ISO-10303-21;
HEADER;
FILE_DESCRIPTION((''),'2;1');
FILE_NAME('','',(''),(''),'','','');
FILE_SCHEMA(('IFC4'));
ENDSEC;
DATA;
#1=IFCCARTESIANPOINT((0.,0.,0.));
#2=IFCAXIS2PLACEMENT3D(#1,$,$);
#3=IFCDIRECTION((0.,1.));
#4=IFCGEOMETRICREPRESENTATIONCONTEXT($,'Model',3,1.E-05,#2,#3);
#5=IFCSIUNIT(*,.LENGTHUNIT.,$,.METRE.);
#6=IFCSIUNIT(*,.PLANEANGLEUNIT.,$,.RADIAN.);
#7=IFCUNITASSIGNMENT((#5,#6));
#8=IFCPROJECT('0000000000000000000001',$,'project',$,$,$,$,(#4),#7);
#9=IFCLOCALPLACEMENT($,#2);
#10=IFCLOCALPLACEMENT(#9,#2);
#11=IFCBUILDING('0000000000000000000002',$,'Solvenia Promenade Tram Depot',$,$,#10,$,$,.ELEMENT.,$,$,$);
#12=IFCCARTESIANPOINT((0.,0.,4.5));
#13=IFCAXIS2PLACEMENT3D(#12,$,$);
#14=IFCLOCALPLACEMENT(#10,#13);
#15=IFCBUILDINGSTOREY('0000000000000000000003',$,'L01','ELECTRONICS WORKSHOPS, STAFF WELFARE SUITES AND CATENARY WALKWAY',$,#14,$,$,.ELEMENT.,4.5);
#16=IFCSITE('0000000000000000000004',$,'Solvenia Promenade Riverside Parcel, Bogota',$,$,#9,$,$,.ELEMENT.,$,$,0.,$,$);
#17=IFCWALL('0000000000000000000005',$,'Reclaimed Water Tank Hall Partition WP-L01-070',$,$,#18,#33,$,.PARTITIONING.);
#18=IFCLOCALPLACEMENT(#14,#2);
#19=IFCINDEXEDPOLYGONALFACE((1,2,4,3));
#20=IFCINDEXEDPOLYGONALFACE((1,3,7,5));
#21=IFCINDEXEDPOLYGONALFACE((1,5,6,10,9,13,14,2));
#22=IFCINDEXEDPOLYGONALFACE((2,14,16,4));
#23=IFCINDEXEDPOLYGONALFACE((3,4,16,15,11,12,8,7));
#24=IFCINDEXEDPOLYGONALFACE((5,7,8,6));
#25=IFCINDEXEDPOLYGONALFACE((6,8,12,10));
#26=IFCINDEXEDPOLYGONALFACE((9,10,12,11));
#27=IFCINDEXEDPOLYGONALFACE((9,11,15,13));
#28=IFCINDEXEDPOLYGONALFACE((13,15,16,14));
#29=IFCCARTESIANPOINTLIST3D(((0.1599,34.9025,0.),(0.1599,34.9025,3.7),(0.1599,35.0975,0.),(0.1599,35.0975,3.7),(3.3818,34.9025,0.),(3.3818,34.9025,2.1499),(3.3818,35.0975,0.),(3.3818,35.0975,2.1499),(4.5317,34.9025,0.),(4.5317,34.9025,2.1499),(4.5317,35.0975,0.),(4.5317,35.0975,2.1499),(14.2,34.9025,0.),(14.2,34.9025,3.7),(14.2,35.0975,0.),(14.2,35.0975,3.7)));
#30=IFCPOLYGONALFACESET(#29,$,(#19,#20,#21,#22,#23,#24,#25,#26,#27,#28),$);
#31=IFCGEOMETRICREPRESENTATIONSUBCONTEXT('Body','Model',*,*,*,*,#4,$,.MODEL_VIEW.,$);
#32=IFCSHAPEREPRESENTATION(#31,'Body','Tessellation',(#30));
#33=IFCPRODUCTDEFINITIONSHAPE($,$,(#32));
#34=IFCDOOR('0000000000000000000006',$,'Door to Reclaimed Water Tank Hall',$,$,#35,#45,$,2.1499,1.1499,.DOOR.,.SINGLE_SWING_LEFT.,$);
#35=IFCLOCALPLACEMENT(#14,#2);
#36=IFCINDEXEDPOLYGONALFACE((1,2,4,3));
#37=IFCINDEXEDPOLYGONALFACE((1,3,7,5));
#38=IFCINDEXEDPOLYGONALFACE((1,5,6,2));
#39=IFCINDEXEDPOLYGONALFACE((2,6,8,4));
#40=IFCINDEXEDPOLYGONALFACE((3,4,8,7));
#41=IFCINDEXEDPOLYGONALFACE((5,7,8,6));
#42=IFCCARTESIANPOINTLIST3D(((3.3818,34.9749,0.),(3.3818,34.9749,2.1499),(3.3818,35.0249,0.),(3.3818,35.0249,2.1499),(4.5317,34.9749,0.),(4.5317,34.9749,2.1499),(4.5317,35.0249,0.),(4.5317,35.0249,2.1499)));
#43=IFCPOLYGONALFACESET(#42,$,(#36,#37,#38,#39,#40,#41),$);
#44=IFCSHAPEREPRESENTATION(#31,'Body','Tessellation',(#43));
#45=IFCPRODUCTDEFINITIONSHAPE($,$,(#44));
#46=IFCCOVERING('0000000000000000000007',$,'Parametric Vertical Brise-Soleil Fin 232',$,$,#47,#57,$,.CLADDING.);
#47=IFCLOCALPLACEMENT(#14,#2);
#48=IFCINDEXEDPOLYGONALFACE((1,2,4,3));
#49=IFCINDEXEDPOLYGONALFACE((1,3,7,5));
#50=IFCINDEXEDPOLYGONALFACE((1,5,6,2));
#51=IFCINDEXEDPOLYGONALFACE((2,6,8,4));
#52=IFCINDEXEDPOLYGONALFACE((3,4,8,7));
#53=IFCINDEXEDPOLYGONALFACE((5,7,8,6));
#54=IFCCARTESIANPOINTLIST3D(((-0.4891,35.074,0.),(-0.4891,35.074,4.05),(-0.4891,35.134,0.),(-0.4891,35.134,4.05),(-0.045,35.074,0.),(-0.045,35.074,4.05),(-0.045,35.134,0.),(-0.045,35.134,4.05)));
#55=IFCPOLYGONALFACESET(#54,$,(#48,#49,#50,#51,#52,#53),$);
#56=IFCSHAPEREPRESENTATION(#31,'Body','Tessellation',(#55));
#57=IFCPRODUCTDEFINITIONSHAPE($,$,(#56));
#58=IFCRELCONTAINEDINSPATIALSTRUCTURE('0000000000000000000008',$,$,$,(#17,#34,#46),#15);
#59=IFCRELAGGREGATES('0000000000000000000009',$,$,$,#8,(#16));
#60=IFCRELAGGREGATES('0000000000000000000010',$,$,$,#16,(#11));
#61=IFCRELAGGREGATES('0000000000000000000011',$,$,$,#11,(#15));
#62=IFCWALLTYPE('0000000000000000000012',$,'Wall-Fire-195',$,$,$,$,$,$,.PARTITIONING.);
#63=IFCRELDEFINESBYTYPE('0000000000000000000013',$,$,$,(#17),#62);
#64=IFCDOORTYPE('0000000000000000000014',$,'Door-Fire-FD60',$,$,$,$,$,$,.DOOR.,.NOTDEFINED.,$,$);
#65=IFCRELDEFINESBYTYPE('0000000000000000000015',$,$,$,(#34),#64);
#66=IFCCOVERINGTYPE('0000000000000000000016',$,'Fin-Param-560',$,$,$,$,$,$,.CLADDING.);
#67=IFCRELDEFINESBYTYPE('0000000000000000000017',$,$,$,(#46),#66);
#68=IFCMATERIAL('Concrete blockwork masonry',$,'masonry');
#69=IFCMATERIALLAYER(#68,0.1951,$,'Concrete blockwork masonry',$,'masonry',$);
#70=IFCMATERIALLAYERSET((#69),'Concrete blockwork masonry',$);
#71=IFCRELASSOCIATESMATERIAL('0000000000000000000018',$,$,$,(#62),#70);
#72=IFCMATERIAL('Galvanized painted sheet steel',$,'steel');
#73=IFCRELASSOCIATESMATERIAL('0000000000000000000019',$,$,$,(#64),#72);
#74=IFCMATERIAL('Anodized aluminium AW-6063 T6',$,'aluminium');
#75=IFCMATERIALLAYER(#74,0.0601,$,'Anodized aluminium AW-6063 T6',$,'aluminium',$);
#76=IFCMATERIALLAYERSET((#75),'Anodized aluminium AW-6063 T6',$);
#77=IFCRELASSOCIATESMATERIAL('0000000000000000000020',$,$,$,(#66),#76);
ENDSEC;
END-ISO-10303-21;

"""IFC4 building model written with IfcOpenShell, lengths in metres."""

from ifc_helpers import new_model, si_unit, direction, frame, frame_2d, origin, origin_2d, place, context, subcontext, project, spatial, rectangle, extrude, material, layer, layer_set, type_object, element, fill, save


model = new_model("IFC4")

# Units and contexts
model_context = context("Model", 3, precision=1e-05, world=origin(), true_north=direction((0.0, 1.0)))
body_context = subcontext(model_context, "Body", "Model", "MODEL_VIEW")
ifc_project = project(units=[si_unit("LENGTHUNIT", "METRE"), si_unit("PLANEANGLEUNIT", "RADIAN")], contexts=[model_context])

# Site, building, storey
site_placement = place(None, origin())
site = spatial("IfcSite", under=ifc_project, at=site_placement, Name="Solvenia Promenade Riverside Parcel, Bogota", CompositionType="ELEMENT", RefElevation=0.0)
building_placement = place(site_placement, origin())
building = spatial("IfcBuilding", under=site, at=building_placement, Name="Solvenia Promenade Tram Depot", CompositionType="ELEMENT")
storey_placement = place(building_placement, frame((0.0, 0.0, 4.5)))
storey = spatial("IfcBuildingStorey", under=building, at=storey_placement, Name="L01", Description="ELECTRONICS WORKSHOPS, STAFF WELFARE SUITES AND CATENARY WALKWAY", CompositionType="ELEMENT", Elevation=4.5)

# Shared definitions
ifc_material_1 = material(Name="Anodized aluminium AW-6063 T6", Category="aluminium")

# Wall, opening, door
ifc_material_2 = material(Name="Concrete blockwork masonry", Category="masonry")
ifc_layer_1 = layer(ifc_material_2, 0.1951, Name="Concrete blockwork masonry", Category="masonry")
ifc_layer_set_1 = layer_set([ifc_layer_1], Name="Concrete blockwork masonry")
wall_type = type_object("IfcWallType", Name="Wall-Fire-195", PredefinedType="PARTITIONING", material=ifc_layer_set_1)
wall_placement = place(storey_placement, frame((0.1599, 35.0, 0.0), z_axis=(0.0, 0.0, 1.0), x_axis=(1.0, 0.0, 0.0)))
wall = element("IfcWall", 1, at=wall_placement, inside=storey, type_object=wall_type, Name="Reclaimed Water Tank Hall Partition WP-L01-070", PredefinedType="PARTITIONING", context=body_context, shape_type="SweptSolid", body=[
    extrude(rectangle(XDim=14.04, YDim=0.1951, at=frame_2d((7.02, 0.0))), origin(), (0.0, 0.0, 1.0), 3.7),
])
opening_placement = place(wall_placement, frame((3.2219, 0.0, 0.0)))
opening = element("IfcOpeningElement", 2, at=opening_placement, cuts=wall, PredefinedType="OPENING", context=body_context, shape_type="SweptSolid", body=[
    extrude(rectangle(XDim=1.1499, YDim=2.1499, at=frame_2d((0.575, 1.075))), frame((0.0, 0.1074, 0.0), z_axis=(0.0, -1.0, 0.0), x_axis=(1.0, 0.0, 0.0)), (0.0, 0.0, 1.0), 0.2151),
])
ifc_material_3 = material(Name="Galvanized painted sheet steel", Category="steel")
door_type = type_object("IfcDoorType", Name="Door-Fire-FD60", OperationType="NOTDEFINED", PredefinedType="DOOR", material=ifc_material_3)
door_placement = place(opening_placement, origin())
door = element("IfcDoor", 3, at=door_placement, inside=storey, type_object=door_type, Name="Door to Reclaimed Water Tank Hall", OperationType="SINGLE_SWING_LEFT", OverallHeight=2.1499, OverallWidth=1.1499, PredefinedType="DOOR", context=body_context, shape_type="SweptSolid", body=[
    extrude(rectangle(XDim=1.1499, YDim=2.1499, at=frame_2d((0.575, 1.075))), frame((0.0, 0.0249, 0.0), z_axis=(0.0, -1.0, 0.0), x_axis=(1.0, 0.0, 0.0)), (0.0, 0.0, 1.0), 0.05),
])
fill(opening, door)

# Covering
ifc_layer_2 = layer(ifc_material_1, 0.0601, Name="Anodized aluminium AW-6063 T6", Category="aluminium")
ifc_layer_set_2 = layer_set([ifc_layer_2], Name="Anodized aluminium AW-6063 T6")
covering_type = type_object("IfcCoveringType", Name="Fin-Param-560", PredefinedType="CLADDING", material=ifc_layer_set_2)
covering_placement = place(storey_placement, frame((-0.2671, 35.104, 0.0), z_axis=(0.0, 0.0, 1.0), x_axis=(0.0, 1.0, 0.0)))
element("IfcCovering", 4, at=covering_placement, inside=storey, type_object=covering_type, Name="Parametric Vertical Brise-Soleil Fin 232", PredefinedType="CLADDING", context=body_context, shape_type="SweptSolid", body=[
    extrude(rectangle(XDim=0.0601, YDim=0.4441, at=origin_2d()), origin(), (0.0, 0.0, 1.0), 4.05),
])

save(model, "model.ifc")
